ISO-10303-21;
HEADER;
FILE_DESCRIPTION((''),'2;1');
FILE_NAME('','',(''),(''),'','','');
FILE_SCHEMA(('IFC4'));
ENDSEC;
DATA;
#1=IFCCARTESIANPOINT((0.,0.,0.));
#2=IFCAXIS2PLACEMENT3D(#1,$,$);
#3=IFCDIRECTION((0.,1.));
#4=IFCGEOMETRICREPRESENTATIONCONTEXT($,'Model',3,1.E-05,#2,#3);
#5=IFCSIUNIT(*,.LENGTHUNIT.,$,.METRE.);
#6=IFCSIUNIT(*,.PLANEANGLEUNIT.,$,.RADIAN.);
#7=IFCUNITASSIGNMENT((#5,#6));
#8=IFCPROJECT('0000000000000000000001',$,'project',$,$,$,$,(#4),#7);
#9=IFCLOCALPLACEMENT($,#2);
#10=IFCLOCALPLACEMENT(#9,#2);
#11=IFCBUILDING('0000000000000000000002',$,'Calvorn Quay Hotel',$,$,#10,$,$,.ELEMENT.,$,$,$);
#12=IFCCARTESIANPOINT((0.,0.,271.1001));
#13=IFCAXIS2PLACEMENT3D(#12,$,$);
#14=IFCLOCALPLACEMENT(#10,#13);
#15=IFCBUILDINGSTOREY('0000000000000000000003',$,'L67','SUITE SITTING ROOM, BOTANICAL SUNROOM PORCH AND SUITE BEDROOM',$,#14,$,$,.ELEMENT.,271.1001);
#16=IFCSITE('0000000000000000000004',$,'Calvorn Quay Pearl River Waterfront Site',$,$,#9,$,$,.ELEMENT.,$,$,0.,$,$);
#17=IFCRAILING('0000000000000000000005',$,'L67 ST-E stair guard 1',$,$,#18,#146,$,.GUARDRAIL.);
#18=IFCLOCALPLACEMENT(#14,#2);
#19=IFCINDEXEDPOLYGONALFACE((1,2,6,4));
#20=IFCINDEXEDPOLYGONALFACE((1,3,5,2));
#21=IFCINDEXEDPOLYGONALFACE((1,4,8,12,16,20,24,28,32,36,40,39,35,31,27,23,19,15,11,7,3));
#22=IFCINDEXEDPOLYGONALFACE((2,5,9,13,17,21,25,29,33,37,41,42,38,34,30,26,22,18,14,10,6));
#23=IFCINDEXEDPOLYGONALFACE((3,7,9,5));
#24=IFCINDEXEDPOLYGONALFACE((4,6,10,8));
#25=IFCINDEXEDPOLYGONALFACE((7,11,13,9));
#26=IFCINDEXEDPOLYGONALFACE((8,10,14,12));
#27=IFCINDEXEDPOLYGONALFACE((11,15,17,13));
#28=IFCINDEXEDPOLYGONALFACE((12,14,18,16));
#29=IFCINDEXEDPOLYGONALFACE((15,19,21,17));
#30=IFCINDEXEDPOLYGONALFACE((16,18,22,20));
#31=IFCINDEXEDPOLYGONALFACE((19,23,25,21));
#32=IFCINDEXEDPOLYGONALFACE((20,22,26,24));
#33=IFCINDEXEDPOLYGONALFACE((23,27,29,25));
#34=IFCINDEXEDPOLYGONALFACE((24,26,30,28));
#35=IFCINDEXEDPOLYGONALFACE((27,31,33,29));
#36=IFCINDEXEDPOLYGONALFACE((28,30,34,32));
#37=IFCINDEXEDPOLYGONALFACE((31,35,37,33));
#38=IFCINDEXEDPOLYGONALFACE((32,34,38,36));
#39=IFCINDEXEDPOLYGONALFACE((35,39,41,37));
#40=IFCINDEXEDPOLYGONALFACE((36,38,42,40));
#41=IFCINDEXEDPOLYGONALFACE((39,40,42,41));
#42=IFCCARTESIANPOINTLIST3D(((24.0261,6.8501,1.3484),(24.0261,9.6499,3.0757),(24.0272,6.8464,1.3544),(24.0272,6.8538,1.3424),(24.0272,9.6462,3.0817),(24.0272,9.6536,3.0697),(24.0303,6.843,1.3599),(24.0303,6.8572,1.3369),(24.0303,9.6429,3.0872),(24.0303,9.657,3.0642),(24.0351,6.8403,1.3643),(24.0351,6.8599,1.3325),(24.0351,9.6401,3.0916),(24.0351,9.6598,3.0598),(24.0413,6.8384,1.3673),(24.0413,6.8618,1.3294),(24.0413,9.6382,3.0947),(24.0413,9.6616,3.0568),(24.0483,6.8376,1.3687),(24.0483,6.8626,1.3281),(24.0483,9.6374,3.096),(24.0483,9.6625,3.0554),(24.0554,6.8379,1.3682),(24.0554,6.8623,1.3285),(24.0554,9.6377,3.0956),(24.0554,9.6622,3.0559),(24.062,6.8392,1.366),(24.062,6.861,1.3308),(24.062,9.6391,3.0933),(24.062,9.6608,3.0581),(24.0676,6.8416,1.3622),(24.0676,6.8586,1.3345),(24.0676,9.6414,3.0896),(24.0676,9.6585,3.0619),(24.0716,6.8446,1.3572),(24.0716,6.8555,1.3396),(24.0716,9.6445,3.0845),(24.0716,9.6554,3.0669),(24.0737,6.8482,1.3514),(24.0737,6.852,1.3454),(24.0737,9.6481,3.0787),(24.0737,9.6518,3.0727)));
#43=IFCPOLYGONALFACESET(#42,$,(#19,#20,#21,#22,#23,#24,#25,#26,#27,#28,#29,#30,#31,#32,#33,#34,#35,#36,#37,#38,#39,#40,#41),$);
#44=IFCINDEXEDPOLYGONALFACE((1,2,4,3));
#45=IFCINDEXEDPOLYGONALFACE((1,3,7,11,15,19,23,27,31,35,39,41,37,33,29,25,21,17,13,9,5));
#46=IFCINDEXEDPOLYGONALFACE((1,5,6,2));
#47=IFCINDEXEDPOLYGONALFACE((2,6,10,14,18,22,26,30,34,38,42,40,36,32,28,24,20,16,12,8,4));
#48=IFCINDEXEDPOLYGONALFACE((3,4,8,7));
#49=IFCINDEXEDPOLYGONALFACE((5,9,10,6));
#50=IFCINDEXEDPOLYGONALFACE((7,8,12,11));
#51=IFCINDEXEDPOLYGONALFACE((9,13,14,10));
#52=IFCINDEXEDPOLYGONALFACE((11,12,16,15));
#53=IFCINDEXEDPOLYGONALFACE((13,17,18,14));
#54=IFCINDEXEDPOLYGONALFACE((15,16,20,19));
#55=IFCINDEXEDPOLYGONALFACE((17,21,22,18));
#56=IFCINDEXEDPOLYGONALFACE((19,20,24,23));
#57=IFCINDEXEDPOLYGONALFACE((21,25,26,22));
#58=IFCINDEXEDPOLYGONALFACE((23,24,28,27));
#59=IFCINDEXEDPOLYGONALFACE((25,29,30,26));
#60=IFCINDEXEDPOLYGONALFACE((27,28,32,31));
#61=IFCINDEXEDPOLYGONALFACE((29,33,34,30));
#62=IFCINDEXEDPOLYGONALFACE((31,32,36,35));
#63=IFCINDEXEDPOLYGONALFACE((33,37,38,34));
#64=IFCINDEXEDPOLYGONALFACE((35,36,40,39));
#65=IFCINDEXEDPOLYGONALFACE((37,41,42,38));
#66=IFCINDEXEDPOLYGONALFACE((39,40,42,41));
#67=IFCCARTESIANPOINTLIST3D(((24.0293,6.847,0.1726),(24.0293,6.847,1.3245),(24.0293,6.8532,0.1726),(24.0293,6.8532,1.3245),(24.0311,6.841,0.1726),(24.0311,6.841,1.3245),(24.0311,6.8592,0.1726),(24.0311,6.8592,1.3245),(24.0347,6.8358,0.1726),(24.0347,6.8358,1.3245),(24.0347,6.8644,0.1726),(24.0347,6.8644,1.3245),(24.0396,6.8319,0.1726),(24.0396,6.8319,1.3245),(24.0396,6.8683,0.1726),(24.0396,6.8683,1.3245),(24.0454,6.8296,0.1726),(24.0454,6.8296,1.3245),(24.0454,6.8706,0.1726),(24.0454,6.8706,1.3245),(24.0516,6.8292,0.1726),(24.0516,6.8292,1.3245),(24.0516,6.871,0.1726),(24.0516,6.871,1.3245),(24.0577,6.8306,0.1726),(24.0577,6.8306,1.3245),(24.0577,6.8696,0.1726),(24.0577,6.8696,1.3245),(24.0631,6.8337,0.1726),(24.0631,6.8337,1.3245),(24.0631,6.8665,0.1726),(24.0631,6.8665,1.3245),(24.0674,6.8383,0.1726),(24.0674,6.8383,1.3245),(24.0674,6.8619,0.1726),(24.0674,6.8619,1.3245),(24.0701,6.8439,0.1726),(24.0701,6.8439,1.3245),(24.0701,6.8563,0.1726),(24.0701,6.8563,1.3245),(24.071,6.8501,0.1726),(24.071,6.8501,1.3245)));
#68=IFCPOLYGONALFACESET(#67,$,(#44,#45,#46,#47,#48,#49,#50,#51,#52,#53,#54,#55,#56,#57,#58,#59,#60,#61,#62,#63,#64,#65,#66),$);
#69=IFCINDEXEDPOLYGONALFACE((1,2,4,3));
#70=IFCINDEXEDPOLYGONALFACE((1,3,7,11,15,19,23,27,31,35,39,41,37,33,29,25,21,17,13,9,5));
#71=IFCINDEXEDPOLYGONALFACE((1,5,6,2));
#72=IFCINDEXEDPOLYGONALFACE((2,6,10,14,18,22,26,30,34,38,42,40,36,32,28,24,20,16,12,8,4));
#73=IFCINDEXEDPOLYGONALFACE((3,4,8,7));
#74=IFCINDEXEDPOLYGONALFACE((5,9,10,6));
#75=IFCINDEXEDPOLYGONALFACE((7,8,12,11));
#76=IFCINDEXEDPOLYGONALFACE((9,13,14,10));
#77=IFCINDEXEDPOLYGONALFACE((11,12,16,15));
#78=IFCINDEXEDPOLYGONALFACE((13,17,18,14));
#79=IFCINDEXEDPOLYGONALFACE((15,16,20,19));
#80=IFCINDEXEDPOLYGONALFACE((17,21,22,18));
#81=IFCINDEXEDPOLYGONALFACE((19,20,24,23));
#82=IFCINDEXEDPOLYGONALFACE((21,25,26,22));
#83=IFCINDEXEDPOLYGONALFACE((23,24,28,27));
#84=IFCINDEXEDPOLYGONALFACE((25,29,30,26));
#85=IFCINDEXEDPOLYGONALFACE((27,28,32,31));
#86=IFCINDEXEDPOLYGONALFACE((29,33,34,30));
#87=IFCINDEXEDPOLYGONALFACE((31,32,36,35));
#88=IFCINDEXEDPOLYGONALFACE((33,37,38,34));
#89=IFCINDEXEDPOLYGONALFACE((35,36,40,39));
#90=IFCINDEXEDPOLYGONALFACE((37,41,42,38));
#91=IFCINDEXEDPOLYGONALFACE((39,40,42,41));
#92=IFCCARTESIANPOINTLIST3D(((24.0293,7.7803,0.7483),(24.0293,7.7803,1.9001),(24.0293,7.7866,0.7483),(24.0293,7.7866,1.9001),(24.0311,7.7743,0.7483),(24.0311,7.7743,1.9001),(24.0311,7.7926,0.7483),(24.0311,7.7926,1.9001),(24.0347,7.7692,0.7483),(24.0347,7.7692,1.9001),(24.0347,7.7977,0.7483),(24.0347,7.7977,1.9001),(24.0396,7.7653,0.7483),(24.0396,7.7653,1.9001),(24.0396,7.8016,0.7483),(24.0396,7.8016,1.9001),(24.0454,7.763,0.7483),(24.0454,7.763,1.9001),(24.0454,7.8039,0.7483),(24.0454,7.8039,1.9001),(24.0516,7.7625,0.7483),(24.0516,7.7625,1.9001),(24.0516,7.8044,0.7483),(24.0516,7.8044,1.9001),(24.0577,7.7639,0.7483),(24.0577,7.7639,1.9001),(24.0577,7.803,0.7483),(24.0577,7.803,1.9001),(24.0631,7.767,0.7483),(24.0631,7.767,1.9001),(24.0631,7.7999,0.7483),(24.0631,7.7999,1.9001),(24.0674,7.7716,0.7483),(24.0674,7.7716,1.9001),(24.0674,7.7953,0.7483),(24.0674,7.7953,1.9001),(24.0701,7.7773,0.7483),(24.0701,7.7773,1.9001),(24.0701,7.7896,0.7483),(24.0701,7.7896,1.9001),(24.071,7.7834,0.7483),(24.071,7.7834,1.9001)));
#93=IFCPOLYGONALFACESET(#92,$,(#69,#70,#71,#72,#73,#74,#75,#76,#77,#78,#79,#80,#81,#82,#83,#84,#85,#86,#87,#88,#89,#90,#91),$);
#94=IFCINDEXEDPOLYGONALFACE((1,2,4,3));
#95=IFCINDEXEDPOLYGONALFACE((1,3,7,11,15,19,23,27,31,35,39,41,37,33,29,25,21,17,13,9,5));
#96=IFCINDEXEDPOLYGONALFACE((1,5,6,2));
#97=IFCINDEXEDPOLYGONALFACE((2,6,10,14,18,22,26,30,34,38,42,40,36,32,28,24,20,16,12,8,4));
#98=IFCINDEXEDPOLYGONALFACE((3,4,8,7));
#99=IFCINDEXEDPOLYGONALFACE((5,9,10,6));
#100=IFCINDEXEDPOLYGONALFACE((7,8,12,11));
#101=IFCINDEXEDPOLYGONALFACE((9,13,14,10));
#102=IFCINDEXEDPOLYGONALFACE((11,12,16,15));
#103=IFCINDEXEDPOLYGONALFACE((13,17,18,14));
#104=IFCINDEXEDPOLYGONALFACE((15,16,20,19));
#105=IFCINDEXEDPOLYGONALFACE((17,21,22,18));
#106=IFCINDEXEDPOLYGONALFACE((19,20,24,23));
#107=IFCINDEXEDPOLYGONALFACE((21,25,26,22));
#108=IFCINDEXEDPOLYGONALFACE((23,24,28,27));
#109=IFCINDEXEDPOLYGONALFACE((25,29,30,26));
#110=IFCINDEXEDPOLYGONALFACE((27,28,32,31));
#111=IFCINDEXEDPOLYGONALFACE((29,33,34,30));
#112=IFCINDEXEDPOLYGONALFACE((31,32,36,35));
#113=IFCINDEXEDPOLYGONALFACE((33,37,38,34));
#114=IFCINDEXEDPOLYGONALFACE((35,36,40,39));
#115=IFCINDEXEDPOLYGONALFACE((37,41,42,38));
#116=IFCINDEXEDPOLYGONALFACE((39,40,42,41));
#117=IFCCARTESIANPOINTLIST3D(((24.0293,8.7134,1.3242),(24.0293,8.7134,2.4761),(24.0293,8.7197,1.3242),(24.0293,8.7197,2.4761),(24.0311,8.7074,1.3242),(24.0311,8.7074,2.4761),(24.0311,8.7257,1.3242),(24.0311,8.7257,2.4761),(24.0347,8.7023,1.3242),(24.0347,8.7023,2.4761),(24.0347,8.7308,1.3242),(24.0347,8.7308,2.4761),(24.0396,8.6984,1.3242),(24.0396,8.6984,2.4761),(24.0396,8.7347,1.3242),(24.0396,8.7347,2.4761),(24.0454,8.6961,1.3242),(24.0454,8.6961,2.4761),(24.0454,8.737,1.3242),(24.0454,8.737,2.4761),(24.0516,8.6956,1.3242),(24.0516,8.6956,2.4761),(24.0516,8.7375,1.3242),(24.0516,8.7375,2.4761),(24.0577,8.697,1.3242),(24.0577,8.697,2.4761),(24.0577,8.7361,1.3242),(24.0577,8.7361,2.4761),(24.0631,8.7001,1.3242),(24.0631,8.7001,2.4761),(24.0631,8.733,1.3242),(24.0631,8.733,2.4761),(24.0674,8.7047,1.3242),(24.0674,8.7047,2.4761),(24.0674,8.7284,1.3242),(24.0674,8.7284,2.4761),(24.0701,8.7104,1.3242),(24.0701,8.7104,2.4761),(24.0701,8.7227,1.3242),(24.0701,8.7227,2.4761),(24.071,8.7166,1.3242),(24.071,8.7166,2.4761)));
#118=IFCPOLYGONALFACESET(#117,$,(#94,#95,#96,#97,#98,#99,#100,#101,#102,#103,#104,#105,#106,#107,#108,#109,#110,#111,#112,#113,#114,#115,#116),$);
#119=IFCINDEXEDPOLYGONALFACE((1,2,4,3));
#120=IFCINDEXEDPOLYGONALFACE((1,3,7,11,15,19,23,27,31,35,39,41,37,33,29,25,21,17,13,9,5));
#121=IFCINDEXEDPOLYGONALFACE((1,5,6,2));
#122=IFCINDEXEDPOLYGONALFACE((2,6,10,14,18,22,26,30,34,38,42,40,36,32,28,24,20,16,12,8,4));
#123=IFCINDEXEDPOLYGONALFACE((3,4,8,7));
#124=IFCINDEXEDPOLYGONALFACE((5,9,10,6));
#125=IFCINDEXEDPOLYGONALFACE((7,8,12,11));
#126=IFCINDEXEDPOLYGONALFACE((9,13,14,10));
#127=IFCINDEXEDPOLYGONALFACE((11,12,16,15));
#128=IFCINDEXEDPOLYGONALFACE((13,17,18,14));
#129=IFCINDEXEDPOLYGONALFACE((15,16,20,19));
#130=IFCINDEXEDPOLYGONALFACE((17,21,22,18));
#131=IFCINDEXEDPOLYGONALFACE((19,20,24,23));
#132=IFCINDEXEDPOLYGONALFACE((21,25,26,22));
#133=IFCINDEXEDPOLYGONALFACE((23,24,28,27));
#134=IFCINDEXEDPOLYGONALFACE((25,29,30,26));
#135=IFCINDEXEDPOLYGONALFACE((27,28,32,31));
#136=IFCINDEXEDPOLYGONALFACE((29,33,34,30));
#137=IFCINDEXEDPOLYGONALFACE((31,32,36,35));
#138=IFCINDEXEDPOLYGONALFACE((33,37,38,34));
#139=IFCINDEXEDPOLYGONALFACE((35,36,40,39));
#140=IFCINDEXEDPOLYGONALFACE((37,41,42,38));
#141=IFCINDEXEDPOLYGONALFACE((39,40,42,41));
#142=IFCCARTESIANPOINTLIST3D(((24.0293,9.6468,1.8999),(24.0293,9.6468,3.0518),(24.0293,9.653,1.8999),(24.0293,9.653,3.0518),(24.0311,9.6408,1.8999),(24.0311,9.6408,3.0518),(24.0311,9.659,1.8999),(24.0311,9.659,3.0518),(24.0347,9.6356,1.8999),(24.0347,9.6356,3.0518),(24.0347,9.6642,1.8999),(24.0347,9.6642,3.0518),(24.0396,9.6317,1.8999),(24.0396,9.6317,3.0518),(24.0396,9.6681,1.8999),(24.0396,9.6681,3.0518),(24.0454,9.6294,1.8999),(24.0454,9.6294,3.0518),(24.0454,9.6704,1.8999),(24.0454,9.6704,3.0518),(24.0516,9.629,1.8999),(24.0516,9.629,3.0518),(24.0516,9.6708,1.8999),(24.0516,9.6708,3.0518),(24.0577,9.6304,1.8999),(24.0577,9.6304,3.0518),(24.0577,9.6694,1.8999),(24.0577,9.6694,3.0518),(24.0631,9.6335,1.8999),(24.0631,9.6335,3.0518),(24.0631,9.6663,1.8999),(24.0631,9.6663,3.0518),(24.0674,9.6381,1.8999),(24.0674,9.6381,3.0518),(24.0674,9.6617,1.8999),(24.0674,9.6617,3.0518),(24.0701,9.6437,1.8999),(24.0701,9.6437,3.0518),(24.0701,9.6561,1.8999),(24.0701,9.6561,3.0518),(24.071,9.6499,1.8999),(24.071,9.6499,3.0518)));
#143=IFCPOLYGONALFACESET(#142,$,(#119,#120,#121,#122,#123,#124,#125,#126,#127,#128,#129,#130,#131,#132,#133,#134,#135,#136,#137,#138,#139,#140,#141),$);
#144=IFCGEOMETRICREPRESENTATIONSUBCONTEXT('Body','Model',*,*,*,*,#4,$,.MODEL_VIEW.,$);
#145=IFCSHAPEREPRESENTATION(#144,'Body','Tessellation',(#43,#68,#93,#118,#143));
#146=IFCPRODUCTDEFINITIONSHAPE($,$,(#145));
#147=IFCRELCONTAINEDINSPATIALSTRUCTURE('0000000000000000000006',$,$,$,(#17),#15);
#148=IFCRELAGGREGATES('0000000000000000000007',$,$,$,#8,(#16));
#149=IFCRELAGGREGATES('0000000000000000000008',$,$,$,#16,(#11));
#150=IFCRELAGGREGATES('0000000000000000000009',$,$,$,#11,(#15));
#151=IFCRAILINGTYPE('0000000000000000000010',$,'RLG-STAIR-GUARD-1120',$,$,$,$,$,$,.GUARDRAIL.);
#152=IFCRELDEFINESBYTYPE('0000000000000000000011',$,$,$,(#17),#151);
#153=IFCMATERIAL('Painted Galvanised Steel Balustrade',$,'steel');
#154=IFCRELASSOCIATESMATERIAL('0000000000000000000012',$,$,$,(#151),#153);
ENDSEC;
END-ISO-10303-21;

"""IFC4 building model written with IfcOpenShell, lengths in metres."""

from ifc_helpers import new_model, si_unit, direction, frame, origin, origin_2d, place, context, subcontext, project, spatial, circle, extrude, material, type_object, element, save


model = new_model("IFC4")

# Units and contexts
model_context = context("Model", 3, precision=1e-05, world=origin(), true_north=direction((0.0, 1.0)))
body_context = subcontext(model_context, "Body", "Model", "MODEL_VIEW")
ifc_project = project(units=[si_unit("LENGTHUNIT", "METRE"), si_unit("PLANEANGLEUNIT", "RADIAN")], contexts=[model_context])

# Site, building, storey
site_placement = place(None, origin())
site = spatial("IfcSite", under=ifc_project, at=site_placement, Name="Calvorn Quay Pearl River Waterfront Site", CompositionType="ELEMENT", RefElevation=0.0)
building_placement = place(site_placement, origin())
building = spatial("IfcBuilding", under=site, at=building_placement, Name="Calvorn Quay Hotel", CompositionType="ELEMENT")
storey_placement = place(building_placement, frame((0.0, 0.0, 271.1001)))
storey = spatial("IfcBuildingStorey", under=building, at=storey_placement, Name="L67", Description="SUITE SITTING ROOM, BOTANICAL SUNROOM PORCH AND SUITE BEDROOM", CompositionType="ELEMENT", Elevation=271.1001)

# Railing
ifc_material_1 = material(Name="Painted Galvanised Steel Balustrade", Category="steel")
railing_type_1 = type_object("IfcRailingType", Name="RLG-STAIR-GUARD-1120", PredefinedType="GUARDRAIL", material=ifc_material_1)
railing_1_placement = place(storey_placement, frame((24.05, 6.8501, 0.1726)))
element("IfcRailing", 1, at=railing_1_placement, inside=storey, type_object=railing_type_1, Name="L67 ST-E stair guard 1", PredefinedType="GUARDRAIL", context=body_context, shape_type="SweptSolid", body=[
    extrude(circle(Radius=0.0239, at=origin_2d()), frame((0.0, 0.0, 1.1758), z_axis=(0.0, 0.851069, 0.525054), x_axis=(-1.0, 0.0, 0.0)), (0.0, 0.0, 1.0), 3.2898),
    extrude(circle(Radius=0.021, at=origin_2d()), origin(), (0.0, 0.0, 1.0), 1.1519),
    extrude(circle(Radius=0.021, at=origin_2d()), frame((0.0, 0.9333, 0.5757)), (0.0, 0.0, 1.0), 1.1519),
    extrude(circle(Radius=0.021, at=origin_2d()), frame((0.0, 1.8665, 1.1516)), (0.0, 0.0, 1.0), 1.1519),
    extrude(circle(Radius=0.021, at=origin_2d()), frame((0.0, 2.7998, 1.7273)), (0.0, 0.0, 1.0), 1.1519),
])

save(model, "model.ifc")
